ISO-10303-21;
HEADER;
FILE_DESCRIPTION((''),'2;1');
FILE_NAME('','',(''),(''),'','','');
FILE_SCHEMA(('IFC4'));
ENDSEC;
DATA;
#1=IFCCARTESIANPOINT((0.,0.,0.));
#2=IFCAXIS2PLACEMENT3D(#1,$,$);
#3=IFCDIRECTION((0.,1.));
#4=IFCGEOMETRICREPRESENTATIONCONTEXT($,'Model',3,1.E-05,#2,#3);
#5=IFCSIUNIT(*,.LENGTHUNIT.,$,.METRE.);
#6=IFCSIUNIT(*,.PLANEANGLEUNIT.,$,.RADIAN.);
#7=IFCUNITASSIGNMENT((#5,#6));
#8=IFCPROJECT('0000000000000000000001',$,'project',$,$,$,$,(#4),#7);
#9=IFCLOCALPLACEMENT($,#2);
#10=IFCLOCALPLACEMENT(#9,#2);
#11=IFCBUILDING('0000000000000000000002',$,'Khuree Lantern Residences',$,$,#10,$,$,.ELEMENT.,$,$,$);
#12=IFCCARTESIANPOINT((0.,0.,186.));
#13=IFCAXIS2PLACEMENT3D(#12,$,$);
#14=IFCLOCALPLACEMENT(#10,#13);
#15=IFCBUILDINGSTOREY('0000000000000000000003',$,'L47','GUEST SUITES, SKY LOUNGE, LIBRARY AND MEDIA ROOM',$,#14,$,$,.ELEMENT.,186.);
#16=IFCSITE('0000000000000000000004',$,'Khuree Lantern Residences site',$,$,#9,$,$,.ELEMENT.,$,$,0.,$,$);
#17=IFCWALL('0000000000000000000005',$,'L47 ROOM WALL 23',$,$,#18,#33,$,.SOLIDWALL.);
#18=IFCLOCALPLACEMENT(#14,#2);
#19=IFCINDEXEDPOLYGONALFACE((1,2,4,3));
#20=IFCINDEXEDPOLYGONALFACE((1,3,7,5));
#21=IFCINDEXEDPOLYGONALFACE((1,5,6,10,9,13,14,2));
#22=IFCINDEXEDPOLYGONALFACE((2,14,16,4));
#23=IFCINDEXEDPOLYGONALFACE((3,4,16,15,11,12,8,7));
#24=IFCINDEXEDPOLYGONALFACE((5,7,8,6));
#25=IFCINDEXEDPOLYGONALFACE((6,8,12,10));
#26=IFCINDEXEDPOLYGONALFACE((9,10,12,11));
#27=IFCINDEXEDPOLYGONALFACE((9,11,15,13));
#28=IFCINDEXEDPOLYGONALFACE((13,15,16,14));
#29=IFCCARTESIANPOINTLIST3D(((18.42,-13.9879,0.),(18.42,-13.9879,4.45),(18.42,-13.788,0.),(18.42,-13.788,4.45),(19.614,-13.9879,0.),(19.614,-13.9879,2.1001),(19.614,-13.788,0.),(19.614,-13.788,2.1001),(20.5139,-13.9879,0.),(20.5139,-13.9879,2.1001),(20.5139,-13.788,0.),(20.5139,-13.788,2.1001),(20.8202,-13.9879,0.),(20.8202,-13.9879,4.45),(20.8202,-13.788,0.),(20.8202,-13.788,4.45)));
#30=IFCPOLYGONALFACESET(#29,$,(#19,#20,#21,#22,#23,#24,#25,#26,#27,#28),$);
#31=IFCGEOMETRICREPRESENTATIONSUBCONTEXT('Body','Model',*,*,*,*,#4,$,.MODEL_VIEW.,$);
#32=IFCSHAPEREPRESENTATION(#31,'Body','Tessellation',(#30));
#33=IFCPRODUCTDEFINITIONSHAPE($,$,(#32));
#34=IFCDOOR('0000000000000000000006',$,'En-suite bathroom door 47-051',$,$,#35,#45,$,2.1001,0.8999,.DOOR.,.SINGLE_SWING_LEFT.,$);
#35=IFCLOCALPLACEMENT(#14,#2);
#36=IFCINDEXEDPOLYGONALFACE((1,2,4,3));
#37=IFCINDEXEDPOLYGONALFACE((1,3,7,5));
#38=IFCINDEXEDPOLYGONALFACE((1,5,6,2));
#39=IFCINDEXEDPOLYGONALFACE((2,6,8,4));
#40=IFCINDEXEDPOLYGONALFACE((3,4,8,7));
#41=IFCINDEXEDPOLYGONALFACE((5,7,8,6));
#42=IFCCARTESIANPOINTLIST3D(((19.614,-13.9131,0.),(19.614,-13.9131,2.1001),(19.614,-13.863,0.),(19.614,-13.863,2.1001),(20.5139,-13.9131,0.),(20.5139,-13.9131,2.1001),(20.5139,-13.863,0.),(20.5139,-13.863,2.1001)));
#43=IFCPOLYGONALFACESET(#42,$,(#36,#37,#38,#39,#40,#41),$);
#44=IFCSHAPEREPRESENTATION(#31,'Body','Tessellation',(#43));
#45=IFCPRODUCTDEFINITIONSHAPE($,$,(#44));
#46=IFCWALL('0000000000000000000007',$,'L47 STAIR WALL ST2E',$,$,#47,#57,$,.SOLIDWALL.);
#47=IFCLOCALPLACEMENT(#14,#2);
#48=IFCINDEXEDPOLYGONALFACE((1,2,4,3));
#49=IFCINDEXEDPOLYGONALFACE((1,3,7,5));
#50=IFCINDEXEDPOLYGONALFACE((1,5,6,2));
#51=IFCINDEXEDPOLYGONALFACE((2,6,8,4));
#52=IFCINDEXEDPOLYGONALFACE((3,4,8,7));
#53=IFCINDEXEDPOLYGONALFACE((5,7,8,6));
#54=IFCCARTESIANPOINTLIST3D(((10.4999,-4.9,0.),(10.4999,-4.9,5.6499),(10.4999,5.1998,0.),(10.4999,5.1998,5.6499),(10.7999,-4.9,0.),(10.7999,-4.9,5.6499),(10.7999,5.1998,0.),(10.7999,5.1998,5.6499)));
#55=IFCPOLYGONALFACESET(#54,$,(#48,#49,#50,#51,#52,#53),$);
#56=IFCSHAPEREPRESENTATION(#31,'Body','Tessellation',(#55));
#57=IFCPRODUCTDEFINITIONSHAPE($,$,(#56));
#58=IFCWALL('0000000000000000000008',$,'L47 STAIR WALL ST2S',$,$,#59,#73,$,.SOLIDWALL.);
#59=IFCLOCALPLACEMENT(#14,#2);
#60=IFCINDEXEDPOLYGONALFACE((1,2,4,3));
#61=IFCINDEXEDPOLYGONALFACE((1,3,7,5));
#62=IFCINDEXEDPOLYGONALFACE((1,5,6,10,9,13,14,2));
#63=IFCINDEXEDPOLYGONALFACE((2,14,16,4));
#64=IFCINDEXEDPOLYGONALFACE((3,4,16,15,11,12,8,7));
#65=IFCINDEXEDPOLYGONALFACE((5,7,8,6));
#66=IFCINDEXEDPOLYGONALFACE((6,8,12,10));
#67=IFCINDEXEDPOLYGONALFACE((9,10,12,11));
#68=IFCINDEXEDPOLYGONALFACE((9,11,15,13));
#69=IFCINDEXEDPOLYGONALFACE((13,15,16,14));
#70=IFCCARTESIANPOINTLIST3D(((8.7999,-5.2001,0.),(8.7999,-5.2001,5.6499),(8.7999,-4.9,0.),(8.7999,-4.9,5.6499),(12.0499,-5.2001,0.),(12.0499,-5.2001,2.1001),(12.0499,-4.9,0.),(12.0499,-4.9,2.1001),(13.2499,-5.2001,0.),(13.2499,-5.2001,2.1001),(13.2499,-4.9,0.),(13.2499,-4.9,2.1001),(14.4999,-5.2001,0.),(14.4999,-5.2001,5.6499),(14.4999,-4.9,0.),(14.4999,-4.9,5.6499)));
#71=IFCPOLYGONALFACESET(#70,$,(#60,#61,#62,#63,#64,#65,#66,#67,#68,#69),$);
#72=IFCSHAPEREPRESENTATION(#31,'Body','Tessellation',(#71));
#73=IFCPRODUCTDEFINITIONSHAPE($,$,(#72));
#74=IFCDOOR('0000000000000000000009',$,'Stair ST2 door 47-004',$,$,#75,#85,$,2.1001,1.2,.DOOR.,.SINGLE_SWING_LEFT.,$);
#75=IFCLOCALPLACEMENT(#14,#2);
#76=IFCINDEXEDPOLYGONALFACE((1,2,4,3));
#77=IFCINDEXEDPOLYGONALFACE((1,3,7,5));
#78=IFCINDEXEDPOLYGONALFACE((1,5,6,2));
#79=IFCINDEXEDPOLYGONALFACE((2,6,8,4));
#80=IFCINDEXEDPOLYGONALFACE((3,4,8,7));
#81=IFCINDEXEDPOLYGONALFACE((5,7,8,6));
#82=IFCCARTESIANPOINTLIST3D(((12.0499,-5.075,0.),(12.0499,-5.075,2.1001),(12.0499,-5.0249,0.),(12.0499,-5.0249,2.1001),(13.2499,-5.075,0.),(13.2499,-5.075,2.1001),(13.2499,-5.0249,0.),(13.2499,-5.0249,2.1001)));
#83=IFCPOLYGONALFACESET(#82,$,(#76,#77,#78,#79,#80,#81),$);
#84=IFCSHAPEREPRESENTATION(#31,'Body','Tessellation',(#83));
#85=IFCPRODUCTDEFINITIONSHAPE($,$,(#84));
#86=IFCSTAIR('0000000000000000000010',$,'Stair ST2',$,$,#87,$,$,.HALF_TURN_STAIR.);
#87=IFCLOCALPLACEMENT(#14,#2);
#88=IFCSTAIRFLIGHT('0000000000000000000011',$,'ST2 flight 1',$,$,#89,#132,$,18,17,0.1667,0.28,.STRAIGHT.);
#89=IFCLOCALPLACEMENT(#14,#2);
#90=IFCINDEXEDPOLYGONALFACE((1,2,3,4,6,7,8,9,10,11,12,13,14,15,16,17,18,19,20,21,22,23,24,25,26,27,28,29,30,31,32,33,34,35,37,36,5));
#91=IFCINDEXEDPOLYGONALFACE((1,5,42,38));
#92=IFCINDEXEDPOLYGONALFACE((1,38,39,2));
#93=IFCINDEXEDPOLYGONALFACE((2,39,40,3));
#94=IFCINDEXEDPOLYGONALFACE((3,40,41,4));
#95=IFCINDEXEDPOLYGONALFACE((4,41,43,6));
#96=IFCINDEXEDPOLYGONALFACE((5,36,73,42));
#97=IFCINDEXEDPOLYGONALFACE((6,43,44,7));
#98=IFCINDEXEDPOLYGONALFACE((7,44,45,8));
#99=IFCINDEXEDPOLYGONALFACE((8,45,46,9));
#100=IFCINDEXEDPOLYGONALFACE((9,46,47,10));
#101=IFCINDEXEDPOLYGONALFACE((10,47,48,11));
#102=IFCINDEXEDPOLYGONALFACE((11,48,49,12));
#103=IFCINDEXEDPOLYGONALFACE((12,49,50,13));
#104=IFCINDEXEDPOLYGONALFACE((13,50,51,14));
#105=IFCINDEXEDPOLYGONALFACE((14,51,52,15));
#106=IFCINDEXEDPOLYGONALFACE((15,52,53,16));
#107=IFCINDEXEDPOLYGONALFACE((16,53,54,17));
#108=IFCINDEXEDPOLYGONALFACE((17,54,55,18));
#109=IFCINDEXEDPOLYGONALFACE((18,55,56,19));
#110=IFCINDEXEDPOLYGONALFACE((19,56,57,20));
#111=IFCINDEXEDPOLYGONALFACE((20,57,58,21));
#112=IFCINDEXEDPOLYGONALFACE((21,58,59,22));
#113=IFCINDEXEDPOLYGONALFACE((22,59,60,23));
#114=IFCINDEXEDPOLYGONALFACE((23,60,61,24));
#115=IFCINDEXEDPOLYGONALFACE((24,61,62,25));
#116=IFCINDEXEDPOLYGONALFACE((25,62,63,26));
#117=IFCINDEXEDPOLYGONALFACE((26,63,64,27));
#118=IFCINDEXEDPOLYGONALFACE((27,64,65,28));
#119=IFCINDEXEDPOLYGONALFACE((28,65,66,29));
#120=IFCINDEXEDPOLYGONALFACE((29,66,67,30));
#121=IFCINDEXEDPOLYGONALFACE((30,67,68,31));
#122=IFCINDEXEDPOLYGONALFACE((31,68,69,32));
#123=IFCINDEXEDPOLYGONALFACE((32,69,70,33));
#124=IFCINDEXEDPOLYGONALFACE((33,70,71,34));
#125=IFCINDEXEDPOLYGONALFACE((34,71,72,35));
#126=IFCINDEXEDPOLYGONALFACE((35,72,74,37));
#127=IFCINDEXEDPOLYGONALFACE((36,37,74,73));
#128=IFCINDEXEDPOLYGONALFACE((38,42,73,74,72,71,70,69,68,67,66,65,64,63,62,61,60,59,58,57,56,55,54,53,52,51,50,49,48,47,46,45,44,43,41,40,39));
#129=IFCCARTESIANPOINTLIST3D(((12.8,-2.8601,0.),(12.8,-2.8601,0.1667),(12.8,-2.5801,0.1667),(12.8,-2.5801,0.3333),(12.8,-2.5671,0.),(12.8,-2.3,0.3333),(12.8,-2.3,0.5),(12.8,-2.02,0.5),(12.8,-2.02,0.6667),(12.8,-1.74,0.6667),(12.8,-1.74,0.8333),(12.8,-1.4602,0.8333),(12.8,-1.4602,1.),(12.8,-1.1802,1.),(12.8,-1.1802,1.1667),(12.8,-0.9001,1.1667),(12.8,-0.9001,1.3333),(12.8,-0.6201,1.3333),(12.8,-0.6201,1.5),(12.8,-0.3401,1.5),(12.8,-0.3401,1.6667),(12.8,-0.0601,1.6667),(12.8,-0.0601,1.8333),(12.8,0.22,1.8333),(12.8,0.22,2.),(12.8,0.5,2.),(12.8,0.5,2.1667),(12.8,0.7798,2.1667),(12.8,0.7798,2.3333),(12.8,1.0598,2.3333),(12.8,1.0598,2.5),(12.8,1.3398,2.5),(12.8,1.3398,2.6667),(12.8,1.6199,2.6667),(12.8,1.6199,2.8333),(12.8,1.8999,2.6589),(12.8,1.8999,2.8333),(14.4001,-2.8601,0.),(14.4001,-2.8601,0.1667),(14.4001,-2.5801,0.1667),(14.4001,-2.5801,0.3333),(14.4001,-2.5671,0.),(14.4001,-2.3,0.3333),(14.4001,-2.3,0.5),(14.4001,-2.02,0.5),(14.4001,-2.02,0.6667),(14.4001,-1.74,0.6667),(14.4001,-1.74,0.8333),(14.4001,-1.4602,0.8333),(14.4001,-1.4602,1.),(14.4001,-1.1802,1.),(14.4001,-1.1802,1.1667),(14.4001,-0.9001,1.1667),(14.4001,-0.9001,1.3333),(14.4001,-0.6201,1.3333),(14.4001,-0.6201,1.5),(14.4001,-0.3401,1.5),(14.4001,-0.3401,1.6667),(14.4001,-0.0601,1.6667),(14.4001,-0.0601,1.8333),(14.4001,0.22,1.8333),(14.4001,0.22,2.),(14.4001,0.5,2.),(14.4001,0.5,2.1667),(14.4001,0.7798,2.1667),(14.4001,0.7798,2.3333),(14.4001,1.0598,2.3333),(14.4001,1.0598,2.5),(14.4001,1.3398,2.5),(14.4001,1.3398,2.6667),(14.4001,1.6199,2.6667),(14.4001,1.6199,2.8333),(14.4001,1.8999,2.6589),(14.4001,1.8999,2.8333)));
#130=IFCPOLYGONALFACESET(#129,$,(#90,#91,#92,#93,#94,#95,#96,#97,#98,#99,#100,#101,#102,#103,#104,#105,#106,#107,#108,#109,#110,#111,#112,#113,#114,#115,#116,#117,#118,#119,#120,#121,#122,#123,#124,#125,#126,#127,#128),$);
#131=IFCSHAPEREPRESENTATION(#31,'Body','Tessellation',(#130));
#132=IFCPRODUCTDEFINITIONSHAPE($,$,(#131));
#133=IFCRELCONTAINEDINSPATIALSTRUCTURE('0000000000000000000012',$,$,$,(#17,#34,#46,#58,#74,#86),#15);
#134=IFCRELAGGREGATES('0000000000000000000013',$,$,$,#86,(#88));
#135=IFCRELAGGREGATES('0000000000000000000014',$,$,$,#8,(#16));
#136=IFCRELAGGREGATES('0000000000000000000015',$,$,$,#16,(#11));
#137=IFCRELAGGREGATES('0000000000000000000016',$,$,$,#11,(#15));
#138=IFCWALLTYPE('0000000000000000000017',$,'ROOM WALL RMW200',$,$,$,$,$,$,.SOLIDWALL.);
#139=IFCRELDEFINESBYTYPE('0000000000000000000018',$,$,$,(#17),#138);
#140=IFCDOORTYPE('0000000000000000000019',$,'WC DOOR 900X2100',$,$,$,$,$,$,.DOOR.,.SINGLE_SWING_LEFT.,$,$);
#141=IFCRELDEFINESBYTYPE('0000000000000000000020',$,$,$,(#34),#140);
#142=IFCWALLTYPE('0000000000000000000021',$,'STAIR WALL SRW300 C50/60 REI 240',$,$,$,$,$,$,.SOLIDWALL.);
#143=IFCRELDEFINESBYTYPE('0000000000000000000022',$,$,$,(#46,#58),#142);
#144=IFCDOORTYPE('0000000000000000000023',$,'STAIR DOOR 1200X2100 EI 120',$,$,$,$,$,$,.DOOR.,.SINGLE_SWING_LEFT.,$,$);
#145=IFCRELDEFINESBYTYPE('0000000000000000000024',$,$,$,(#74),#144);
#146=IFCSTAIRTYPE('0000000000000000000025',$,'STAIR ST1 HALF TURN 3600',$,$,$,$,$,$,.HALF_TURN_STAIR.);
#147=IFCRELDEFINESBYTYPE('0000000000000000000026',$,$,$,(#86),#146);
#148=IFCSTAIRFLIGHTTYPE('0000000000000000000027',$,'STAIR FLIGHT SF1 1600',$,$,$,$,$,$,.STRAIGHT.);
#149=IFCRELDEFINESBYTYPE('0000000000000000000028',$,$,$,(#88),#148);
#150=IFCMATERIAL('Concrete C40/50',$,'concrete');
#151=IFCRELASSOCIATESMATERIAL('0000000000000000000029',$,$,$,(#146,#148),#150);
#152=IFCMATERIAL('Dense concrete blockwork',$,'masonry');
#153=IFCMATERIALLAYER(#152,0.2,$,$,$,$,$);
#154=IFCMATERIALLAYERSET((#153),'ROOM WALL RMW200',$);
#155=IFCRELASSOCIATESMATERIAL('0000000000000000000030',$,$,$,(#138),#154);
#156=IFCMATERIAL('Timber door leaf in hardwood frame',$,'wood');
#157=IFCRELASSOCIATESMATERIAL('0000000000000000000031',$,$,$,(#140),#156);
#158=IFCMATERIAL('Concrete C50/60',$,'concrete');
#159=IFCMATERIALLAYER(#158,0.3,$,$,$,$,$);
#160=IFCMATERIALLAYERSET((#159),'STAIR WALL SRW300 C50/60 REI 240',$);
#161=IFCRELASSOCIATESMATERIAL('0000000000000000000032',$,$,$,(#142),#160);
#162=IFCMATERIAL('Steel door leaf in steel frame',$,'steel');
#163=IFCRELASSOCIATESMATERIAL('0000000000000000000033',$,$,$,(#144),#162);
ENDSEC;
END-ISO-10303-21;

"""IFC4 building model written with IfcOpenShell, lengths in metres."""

from ifc_helpers import new_model, si_unit, direction, frame, frame_2d, origin, place, context, subcontext, project, spatial, polyline, rectangle, outline, extrude, material, layer, layer_set, type_object, element, fill, aggregate, save


model = new_model("IFC4")

# Units and contexts
model_context = context("Model", 3, precision=1e-05, world=origin(), true_north=direction((0.0, 1.0)))
body_context = subcontext(model_context, "Body", "Model", "MODEL_VIEW")
ifc_project = project(units=[si_unit("LENGTHUNIT", "METRE"), si_unit("PLANEANGLEUNIT", "RADIAN")], contexts=[model_context])

# Site, building, storey
site_placement = place(None, origin())
site = spatial("IfcSite", under=ifc_project, at=site_placement, Name="Khuree Lantern Residences site", CompositionType="ELEMENT", RefElevation=0.0)
building_placement = place(site_placement, origin())
building = spatial("IfcBuilding", under=site, at=building_placement, Name="Khuree Lantern Residences", CompositionType="ELEMENT")
storey_placement = place(building_placement, frame((0.0, 0.0, 186.0)))
storey = spatial("IfcBuildingStorey", under=building, at=storey_placement, Name="L47", Description="GUEST SUITES, SKY LOUNGE, LIBRARY AND MEDIA ROOM", CompositionType="ELEMENT", Elevation=186.0)

# Shared definitions
ifc_material_1 = material(Name="Concrete C40/50", Category="concrete")
stair_type = type_object("IfcStairType", Name="STAIR ST1 HALF TURN 3600", PredefinedType="HALF_TURN_STAIR", material=ifc_material_1)

# Shared definitions
ifc_material_2 = material(Name="Dense concrete blockwork", Category="masonry")

# Shared definitions
ifc_material_3 = material(Name="Timber door leaf in hardwood frame", Category="wood")

# Wall, opening, door
ifc_layer_1 = layer(ifc_material_2, 0.2)
ifc_layer_set_1 = layer_set([ifc_layer_1], Name="ROOM WALL RMW200")
wall_type_1 = type_object("IfcWallType", Name="ROOM WALL RMW200", PredefinedType="SOLIDWALL", material=ifc_layer_set_1)
wall_1_placement = place(storey_placement, frame((18.4199, -13.8879, 0.0), z_axis=(0.0, 0.0, 1.0), x_axis=(1.0, 0.0, 0.0)))
wall_1 = element("IfcWall", 1, at=wall_1_placement, inside=storey, type_object=wall_type_1, Name="L47 ROOM WALL 23", PredefinedType="SOLIDWALL", context=body_context, shape_type="SweptSolid", body=[
    extrude(rectangle(XDim=2.4001, YDim=0.2, at=frame_2d((1.2002, 0.0))), origin(), (0.0, 0.0, 1.0), 4.45),
])
opening_1_placement = place(wall_1_placement, frame((1.1941, 0.0, 0.0)))
opening_1 = element("IfcOpeningElement", 2, at=opening_1_placement, cuts=wall_1, PredefinedType="OPENING", context=body_context, shape_type="SweptSolid", body=[
    extrude(rectangle(XDim=0.8999, YDim=2.1001, at=frame_2d((0.45, 1.05))), frame((0.0, 0.1099, 0.0), z_axis=(0.0, -1.0, 0.0), x_axis=(1.0, 0.0, 0.0)), (0.0, 0.0, 1.0), 0.22),
])
door_type_1 = type_object("IfcDoorType", Name="WC DOOR 900X2100", OperationType="SINGLE_SWING_LEFT", PredefinedType="DOOR", material=ifc_material_3)
door_1_placement = place(opening_1_placement, origin())
door_1 = element("IfcDoor", 3, at=door_1_placement, inside=storey, type_object=door_type_1, Name="En-suite bathroom door 47-051", OperationType="SINGLE_SWING_LEFT", OverallHeight=2.1001, OverallWidth=0.8999, PredefinedType="DOOR", context=body_context, shape_type="SweptSolid", body=[
    extrude(rectangle(XDim=0.8999, YDim=2.1001, at=frame_2d((0.45, 1.05))), frame((0.0, 0.0249, 0.0), z_axis=(0.0, -1.0, 0.0), x_axis=(1.0, 0.0, 0.0)), (0.0, 0.0, 1.0), 0.05),
])
fill(opening_1, door_1)

# Wall
ifc_material_4 = material(Name="Concrete C50/60", Category="concrete")
ifc_layer_2 = layer(ifc_material_4, 0.3)
ifc_layer_set_2 = layer_set([ifc_layer_2], Name="STAIR WALL SRW300 C50/60 REI 240")
wall_type_2 = type_object("IfcWallType", Name="STAIR WALL SRW300 C50/60 REI 240", PredefinedType="SOLIDWALL", material=ifc_layer_set_2)
wall_2_placement = place(storey_placement, frame((10.6499, -4.8999, 0.0), z_axis=(0.0, 0.0, 1.0), x_axis=(0.0, 1.0, 0.0)))
element("IfcWall", 4, at=wall_2_placement, inside=storey, type_object=wall_type_2, Name="L47 STAIR WALL ST2E", PredefinedType="SOLIDWALL", context=body_context, shape_type="SweptSolid", body=[
    extrude(rectangle(XDim=10.0999, YDim=0.3, at=frame_2d((5.0498, 0.0))), origin(), (0.0, 0.0, 1.0), 5.6499),
])

# Wall, opening, door
wall_3_placement = place(storey_placement, frame((14.5, -5.05, 0.0), z_axis=(0.0, 0.0, 1.0), x_axis=(-1.0, 0.0, 0.0)))
wall_3 = element("IfcWall", 5, at=wall_3_placement, inside=storey, type_object=wall_type_2, Name="L47 STAIR WALL ST2S", PredefinedType="SOLIDWALL", context=body_context, shape_type="SweptSolid", body=[
    extrude(rectangle(XDim=5.7, YDim=0.3, at=frame_2d((2.8501, 0.0))), origin(), (0.0, 0.0, 1.0), 5.6499),
])
opening_2_placement = place(wall_3_placement, frame((1.25, 0.0, 0.0)))
opening_2 = element("IfcOpeningElement", 6, at=opening_2_placement, cuts=wall_3, PredefinedType="OPENING", context=body_context, shape_type="SweptSolid", body=[
    extrude(rectangle(XDim=1.2, YDim=2.1001, at=frame_2d((0.6001, 1.05))), frame((0.0, 0.1602, 0.0), z_axis=(0.0, -1.0, 0.0), x_axis=(1.0, 0.0, 0.0)), (0.0, 0.0, 1.0), 0.3201),
])
ifc_material_5 = material(Name="Steel door leaf in steel frame", Category="steel")
door_type_2 = type_object("IfcDoorType", Name="STAIR DOOR 1200X2100 EI 120", OperationType="SINGLE_SWING_LEFT", PredefinedType="DOOR", material=ifc_material_5)
door_2_placement = place(opening_2_placement, origin())
door_2 = element("IfcDoor", 7, at=door_2_placement, inside=storey, type_object=door_type_2, Name="Stair ST2 door 47-004", OperationType="SINGLE_SWING_LEFT", OverallHeight=2.1001, OverallWidth=1.2, PredefinedType="DOOR", context=body_context, shape_type="SweptSolid", body=[
    extrude(rectangle(XDim=1.2, YDim=2.1001, at=frame_2d((0.6001, 1.05))), frame((0.0, 0.0249, 0.0), z_axis=(0.0, -1.0, 0.0), x_axis=(1.0, 0.0, 0.0)), (0.0, 0.0, 1.0), 0.05),
])
fill(opening_2, door_2)

# Stair, stair flight
stair_1_placement = place(storey_placement, origin())
stair_1 = element("IfcStair", 8, at=stair_1_placement, inside=storey, type_object=stair_type, Name="Stair ST2", PredefinedType="HALF_TURN_STAIR")
stair_flight_type = type_object("IfcStairFlightType", Name="STAIR FLIGHT SF1 1600", PredefinedType="STRAIGHT", material=ifc_material_1)
stair_flight_placement = place(storey_placement, frame((13.6001, -2.8601, 0.0), z_axis=(0.0, 0.0, 1.0), x_axis=(0.0, 1.0, 0.0)))
stair_flight = element("IfcStairFlight", 9, at=stair_flight_placement, type_object=stair_flight_type, Name="ST2 flight 1", NumberOfRisers=18, NumberOfTreads=17, PredefinedType="STRAIGHT", RiserHeight=0.1667, TreadLength=0.28, context=body_context, shape_type="SweptSolid", body=[
    extrude(outline(polyline([(0.0, 0.0), (0.0, 0.1667), (0.28, 0.1667), (0.28, 0.3333), (0.5601, 0.3333), (0.5601, 0.5), (0.8401, 0.5), (0.8401, 0.6667), (1.1201, 0.6667), (1.1201, 0.8333), (1.3999, 0.8333), (1.3999, 1.0), (1.6799, 1.0), (1.6799, 1.1667), (1.96, 1.1667), (1.96, 1.3333), (2.24, 1.3333), (2.24, 1.5), (2.52, 1.5), (2.52, 1.6667), (2.8, 1.6667), (2.8, 1.8333), (3.0801, 1.8333), (3.0801, 2.0), (3.3601, 2.0), (3.3601, 2.1667), (3.6399, 2.1667), (3.6399, 2.3333), (3.9199, 2.3333), (3.9199, 2.5), (4.2, 2.5), (4.2, 2.6667), (4.48, 2.6667), (4.48, 2.8333), (4.76, 2.8333), (4.76, 3.0), (4.76, 2.6589), (0.293, 0.0), (0.0, 0.0)])), frame((0.0, 0.8, 0.0), z_axis=(0.0, -1.0, 0.0), x_axis=(1.0, 0.0, 0.0)), (0.0, 0.0, 1.0), 1.6001),
])
aggregate(stair_1, [stair_flight])

save(model, "model.ifc")
